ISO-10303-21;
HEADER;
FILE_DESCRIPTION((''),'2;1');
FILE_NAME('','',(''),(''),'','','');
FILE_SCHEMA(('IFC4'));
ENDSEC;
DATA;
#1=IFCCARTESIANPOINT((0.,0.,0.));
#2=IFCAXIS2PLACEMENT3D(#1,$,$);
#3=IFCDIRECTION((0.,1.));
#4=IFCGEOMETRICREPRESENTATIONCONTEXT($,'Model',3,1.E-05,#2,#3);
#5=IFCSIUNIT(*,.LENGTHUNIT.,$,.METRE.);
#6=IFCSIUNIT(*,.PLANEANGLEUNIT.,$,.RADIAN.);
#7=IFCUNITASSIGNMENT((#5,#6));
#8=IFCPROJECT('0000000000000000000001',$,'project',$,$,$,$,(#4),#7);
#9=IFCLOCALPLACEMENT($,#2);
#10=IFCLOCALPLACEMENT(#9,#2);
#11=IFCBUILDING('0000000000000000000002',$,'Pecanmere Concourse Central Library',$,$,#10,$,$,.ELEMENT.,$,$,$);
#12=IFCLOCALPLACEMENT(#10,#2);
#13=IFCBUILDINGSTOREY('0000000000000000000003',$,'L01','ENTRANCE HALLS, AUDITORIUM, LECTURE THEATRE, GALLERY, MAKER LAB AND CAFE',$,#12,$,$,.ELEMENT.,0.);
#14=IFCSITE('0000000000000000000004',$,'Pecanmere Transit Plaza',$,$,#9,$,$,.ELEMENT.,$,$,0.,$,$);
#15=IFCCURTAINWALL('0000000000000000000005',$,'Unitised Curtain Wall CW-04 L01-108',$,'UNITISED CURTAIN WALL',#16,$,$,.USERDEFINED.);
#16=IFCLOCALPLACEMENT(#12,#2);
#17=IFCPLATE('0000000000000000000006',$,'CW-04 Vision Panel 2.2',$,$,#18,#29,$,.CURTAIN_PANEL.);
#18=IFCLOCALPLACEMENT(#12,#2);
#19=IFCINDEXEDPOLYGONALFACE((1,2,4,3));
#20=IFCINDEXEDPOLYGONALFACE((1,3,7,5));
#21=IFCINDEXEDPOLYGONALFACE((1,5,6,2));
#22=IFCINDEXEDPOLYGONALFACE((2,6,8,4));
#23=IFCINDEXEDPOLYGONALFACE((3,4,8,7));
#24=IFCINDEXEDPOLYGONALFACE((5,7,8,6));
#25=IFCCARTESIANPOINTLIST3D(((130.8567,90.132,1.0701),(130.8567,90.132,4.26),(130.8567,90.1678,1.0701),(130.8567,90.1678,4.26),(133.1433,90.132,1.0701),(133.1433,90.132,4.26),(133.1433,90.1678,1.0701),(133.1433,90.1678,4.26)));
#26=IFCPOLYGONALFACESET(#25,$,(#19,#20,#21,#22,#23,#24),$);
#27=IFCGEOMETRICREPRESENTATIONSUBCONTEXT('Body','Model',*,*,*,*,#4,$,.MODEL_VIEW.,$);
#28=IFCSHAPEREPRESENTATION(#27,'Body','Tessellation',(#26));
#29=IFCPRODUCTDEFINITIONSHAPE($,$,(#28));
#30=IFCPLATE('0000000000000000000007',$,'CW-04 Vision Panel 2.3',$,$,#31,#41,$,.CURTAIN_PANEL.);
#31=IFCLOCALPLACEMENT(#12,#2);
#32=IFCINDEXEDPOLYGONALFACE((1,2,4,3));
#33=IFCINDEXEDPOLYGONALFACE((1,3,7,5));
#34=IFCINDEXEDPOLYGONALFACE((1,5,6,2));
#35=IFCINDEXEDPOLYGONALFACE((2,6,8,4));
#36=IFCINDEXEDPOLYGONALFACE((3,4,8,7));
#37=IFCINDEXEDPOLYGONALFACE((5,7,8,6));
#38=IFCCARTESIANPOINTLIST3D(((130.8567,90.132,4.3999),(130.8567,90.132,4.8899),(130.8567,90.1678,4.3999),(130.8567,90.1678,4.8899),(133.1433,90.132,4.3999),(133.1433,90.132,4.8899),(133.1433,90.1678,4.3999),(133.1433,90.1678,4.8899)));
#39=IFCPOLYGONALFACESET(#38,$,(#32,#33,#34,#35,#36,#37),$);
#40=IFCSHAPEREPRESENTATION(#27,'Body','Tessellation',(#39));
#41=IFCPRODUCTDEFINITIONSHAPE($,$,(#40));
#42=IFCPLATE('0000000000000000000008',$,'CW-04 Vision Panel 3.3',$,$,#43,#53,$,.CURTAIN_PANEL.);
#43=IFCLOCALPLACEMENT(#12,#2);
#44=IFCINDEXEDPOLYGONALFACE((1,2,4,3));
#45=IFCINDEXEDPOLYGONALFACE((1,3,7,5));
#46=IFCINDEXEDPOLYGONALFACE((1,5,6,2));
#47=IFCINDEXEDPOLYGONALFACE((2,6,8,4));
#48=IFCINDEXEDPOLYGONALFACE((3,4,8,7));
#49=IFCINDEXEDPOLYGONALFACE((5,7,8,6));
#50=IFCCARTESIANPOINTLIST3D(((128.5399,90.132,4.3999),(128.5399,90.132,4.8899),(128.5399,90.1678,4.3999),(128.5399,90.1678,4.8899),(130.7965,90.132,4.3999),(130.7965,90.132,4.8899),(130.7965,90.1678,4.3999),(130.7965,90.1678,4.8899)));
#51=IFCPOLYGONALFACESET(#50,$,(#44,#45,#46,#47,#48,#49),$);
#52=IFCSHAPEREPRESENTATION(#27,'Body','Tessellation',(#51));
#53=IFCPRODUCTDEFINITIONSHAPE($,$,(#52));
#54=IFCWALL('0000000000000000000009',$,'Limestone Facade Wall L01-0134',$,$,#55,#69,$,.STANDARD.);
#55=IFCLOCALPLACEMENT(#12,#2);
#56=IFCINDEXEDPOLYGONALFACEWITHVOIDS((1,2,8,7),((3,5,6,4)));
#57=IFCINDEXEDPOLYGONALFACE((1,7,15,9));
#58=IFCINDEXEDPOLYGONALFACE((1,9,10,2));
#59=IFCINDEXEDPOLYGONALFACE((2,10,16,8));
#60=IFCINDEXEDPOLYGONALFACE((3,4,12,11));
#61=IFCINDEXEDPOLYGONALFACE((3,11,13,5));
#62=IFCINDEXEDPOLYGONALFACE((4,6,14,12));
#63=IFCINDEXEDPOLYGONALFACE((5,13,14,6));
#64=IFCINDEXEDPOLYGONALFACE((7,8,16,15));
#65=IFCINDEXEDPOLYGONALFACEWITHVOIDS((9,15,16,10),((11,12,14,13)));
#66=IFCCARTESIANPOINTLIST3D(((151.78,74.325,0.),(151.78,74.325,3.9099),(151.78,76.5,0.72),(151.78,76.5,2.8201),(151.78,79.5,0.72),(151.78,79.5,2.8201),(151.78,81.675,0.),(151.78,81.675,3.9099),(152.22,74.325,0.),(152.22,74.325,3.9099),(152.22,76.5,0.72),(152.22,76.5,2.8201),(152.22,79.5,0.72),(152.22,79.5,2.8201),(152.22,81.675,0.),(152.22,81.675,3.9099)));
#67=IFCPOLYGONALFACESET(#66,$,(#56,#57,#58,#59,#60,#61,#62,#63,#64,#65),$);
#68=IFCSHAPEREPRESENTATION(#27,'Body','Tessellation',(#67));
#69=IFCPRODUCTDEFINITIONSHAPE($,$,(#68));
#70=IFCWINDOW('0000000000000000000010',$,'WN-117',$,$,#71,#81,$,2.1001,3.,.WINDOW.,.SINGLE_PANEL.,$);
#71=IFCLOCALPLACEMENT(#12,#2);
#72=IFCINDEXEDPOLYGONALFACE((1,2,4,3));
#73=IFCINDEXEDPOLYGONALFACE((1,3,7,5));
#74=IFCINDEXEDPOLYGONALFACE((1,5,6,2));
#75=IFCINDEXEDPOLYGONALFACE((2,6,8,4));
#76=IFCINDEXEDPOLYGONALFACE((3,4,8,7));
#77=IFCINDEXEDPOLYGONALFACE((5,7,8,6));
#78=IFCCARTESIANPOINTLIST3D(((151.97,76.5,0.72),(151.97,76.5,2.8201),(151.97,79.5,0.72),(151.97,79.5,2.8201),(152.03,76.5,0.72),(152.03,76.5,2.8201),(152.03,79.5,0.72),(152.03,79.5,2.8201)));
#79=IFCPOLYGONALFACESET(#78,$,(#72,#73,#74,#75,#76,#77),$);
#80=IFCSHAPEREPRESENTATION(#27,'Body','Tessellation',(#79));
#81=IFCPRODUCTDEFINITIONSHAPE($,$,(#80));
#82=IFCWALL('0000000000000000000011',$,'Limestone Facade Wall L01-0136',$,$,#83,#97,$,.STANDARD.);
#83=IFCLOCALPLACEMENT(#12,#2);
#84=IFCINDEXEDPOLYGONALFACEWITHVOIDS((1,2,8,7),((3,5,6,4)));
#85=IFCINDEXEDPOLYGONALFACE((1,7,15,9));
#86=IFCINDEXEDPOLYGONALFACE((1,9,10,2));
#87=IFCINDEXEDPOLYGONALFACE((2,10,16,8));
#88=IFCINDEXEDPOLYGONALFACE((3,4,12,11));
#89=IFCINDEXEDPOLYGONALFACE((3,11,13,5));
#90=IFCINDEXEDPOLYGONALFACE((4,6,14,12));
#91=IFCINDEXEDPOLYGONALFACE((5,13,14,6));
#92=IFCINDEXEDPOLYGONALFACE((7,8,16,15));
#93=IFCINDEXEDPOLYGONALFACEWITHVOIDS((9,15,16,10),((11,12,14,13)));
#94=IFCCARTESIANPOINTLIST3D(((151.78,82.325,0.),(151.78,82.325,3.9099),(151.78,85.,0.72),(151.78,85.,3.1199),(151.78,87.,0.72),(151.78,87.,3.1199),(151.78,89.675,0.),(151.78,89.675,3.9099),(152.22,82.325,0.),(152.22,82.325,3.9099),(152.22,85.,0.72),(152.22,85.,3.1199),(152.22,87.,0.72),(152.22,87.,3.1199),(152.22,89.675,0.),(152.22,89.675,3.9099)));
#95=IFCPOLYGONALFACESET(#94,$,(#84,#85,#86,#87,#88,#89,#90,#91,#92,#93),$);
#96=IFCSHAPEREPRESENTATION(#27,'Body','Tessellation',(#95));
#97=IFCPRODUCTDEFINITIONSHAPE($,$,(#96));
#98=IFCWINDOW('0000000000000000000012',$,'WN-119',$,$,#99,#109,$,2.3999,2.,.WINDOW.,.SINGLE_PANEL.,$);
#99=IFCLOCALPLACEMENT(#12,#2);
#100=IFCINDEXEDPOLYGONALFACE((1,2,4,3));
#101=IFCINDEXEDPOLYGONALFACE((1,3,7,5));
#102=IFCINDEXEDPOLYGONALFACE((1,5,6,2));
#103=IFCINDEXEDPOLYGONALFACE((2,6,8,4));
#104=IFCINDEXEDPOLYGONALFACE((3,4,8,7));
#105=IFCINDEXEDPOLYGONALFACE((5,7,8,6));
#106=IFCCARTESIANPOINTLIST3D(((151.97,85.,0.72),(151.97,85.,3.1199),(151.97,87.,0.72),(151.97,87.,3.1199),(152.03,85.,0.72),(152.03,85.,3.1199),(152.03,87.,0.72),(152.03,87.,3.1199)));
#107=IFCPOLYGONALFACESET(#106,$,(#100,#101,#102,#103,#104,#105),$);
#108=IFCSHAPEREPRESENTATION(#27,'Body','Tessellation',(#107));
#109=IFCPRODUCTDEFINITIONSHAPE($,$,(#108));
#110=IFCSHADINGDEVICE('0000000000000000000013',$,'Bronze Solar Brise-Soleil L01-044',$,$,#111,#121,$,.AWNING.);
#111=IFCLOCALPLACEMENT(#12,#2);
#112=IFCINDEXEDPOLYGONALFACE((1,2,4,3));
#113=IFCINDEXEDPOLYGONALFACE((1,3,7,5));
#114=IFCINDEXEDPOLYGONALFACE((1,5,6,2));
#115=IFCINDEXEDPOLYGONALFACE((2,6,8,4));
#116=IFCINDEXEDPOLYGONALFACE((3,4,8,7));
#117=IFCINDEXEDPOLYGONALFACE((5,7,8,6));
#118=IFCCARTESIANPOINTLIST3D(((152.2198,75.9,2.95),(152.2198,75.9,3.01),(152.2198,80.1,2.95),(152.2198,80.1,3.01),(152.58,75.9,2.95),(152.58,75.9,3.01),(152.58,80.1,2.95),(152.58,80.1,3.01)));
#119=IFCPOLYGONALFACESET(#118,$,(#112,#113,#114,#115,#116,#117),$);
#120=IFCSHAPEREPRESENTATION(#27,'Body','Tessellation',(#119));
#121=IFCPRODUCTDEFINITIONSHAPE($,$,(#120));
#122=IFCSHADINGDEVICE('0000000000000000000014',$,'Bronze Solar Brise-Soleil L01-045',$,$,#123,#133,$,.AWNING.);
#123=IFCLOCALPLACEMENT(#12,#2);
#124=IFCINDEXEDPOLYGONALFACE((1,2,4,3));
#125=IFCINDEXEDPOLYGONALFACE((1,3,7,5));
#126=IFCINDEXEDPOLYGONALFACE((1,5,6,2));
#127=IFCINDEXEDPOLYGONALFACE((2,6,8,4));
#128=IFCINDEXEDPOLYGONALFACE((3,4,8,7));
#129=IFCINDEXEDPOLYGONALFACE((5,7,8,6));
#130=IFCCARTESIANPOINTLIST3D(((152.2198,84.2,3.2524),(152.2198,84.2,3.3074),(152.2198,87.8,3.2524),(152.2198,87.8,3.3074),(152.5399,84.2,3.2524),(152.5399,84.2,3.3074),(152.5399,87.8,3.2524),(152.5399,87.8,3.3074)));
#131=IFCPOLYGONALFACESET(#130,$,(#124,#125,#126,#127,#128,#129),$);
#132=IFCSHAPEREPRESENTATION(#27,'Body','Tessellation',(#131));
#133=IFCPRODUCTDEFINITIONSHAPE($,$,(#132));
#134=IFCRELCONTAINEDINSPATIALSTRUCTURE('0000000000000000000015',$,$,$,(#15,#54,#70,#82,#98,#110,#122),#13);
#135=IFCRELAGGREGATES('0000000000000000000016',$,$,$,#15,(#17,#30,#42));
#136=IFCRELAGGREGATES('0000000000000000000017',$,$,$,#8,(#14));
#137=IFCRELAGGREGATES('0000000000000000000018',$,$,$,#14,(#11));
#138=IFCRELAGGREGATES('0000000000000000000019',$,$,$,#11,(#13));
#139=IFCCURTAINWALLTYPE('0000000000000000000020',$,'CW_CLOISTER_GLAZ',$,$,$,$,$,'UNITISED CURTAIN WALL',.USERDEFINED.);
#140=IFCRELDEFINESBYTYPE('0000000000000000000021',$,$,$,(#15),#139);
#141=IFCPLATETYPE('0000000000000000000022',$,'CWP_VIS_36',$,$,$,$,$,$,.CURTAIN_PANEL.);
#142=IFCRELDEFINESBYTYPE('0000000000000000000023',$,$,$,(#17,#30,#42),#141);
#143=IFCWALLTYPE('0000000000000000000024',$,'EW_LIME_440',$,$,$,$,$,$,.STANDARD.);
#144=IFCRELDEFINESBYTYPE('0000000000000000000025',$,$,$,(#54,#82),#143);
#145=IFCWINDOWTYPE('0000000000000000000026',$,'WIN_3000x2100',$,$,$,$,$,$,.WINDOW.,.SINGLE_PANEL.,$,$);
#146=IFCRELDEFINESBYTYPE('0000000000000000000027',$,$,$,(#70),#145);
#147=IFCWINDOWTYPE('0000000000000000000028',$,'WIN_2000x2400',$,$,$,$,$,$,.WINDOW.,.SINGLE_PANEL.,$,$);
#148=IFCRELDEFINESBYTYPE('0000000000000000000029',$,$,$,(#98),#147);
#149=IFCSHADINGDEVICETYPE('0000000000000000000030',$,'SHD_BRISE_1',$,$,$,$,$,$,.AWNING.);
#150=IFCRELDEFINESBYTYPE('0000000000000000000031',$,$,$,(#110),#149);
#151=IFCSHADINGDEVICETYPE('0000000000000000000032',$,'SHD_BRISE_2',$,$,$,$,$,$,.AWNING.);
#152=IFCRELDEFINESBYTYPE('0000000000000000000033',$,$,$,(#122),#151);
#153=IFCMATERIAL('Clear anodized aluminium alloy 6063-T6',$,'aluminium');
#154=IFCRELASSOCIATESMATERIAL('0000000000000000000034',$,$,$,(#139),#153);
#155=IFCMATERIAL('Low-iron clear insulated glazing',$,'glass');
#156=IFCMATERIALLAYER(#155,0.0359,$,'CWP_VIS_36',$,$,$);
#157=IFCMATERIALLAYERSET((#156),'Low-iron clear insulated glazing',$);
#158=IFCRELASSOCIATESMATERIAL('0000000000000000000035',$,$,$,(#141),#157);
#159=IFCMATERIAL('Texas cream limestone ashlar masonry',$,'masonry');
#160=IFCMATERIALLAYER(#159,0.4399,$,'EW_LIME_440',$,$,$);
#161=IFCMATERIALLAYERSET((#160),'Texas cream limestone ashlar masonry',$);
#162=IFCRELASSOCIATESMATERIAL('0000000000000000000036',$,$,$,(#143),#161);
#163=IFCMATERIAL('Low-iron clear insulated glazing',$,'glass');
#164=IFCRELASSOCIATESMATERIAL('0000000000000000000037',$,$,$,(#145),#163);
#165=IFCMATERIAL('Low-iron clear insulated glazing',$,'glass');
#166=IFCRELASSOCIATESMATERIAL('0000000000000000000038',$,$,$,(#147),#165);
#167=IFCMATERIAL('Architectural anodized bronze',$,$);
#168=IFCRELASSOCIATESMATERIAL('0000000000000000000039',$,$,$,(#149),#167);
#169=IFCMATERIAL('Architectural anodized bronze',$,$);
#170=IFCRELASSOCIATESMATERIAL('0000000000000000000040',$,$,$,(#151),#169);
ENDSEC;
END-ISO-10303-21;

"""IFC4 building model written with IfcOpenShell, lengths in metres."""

from ifc_helpers import new_model, si_unit, direction, frame, frame_2d, origin, origin_2d, place, context, subcontext, project, spatial, rectangle, extrude, material, layer, layer_set, type_object, element, fill, aggregate, save


model = new_model("IFC4")

# Units and contexts
model_context = context("Model", 3, precision=1e-05, world=origin(), true_north=direction((0.0, 1.0)))
body_context = subcontext(model_context, "Body", "Model", "MODEL_VIEW")
ifc_project = project(units=[si_unit("LENGTHUNIT", "METRE"), si_unit("PLANEANGLEUNIT", "RADIAN")], contexts=[model_context])

# Site, building, storey
site_placement = place(None, origin())
site = spatial("IfcSite", under=ifc_project, at=site_placement, Name="Pecanmere Transit Plaza", CompositionType="ELEMENT", RefElevation=0.0)
building_placement = place(site_placement, origin())
building = spatial("IfcBuilding", under=site, at=building_placement, Name="Pecanmere Concourse Central Library", CompositionType="ELEMENT")
storey_placement = place(building_placement, origin())
storey = spatial("IfcBuildingStorey", under=building, at=storey_placement, Name="L01", Description="ENTRANCE HALLS, AUDITORIUM, LECTURE THEATRE, GALLERY, MAKER LAB AND CAFE", CompositionType="ELEMENT", Elevation=0.0)

# Curtain wall, plates
ifc_material_1 = material(Name="Clear anodized aluminium alloy 6063-T6", Category="aluminium")
curtain_wall_type = type_object("IfcCurtainWallType", Name="CW_CLOISTER_GLAZ", ElementType="UNITISED CURTAIN WALL", PredefinedType="USERDEFINED", material=ifc_material_1)
curtain_wall_placement = place(storey_placement, origin())
curtain_wall = element("IfcCurtainWall", 1, at=curtain_wall_placement, inside=storey, type_object=curtain_wall_type, Name="Unitised Curtain Wall CW-04 L01-108", ObjectType="UNITISED CURTAIN WALL", PredefinedType="USERDEFINED")
ifc_material_2 = material(Name="Low-iron clear insulated glazing", Category="glass")
ifc_layer_1 = layer(ifc_material_2, 0.0359, Name="CWP_VIS_36")
ifc_layer_set_1 = layer_set([ifc_layer_1], Name="Low-iron clear insulated glazing")
plate_type_1 = type_object("IfcPlateType", Name="CWP_VIS_36", PredefinedType="CURTAIN_PANEL", material=ifc_layer_set_1)
plate_1_placement = place(storey_placement, frame((132.0, 90.1499, 1.0701), z_axis=(0.0, 0.0, 1.0), x_axis=(-1.0, 0.0, 0.0)))
plate_1 = element("IfcPlate", 2, at=plate_1_placement, type_object=plate_type_1, Name="CW-04 Vision Panel 2.2", PredefinedType="CURTAIN_PANEL", context=body_context, shape_type="SweptSolid", body=[
    extrude(rectangle(XDim=2.2866, YDim=0.0359, at=origin_2d()), origin(), (0.0, 0.0, 1.0), 3.1899),
])
plate_2_placement = place(storey_placement, frame((132.0, 90.1499, 4.3999), z_axis=(0.0, 0.0, 1.0), x_axis=(-1.0, 0.0, 0.0)))
plate_2 = element("IfcPlate", 3, at=plate_2_placement, type_object=plate_type_1, Name="CW-04 Vision Panel 2.3", PredefinedType="CURTAIN_PANEL", context=body_context, shape_type="SweptSolid", body=[
    extrude(rectangle(XDim=2.2866, YDim=0.0359, at=origin_2d()), origin(), (0.0, 0.0, 1.0), 0.49),
])
plate_3_placement = place(storey_placement, frame((129.6682, 90.1499, 4.3999), z_axis=(0.0, 0.0, 1.0), x_axis=(-1.0, 0.0, 0.0)))
plate_3 = element("IfcPlate", 4, at=plate_3_placement, type_object=plate_type_1, Name="CW-04 Vision Panel 3.3", PredefinedType="CURTAIN_PANEL", context=body_context, shape_type="SweptSolid", body=[
    extrude(rectangle(XDim=2.2566, YDim=0.0359, at=origin_2d()), origin(), (0.0, 0.0, 1.0), 0.49),
])
aggregate(curtain_wall, [plate_1, plate_2, plate_3])

# Walls, openings, windows
ifc_material_3 = material(Name="Texas cream limestone ashlar masonry", Category="masonry")
ifc_layer_2 = layer(ifc_material_3, 0.4399, Name="EW_LIME_440")
ifc_layer_set_2 = layer_set([ifc_layer_2], Name="Texas cream limestone ashlar masonry")
wall_type = type_object("IfcWallType", Name="EW_LIME_440", PredefinedType="STANDARD", material=ifc_layer_set_2)
wall_1_placement = place(storey_placement, frame((152.0, 74.325, 0.0), z_axis=(0.0, 0.0, 1.0), x_axis=(0.0, 1.0, 0.0)))
wall_1 = element("IfcWall", 5, at=wall_1_placement, inside=storey, type_object=wall_type, Name="Limestone Facade Wall L01-0134", PredefinedType="STANDARD", context=body_context, shape_type="SweptSolid", body=[
    extrude(rectangle(XDim=7.3501, YDim=0.4399, at=frame_2d((3.675, 0.0))), origin(), (0.0, 0.0, 1.0), 3.9099),
])
opening_1_placement = place(wall_1_placement, frame((2.175, 0.0, 0.72)))
opening_1 = element("IfcOpeningElement", 6, at=opening_1_placement, cuts=wall_1, PredefinedType="OPENING", context=body_context, shape_type="SweptSolid", body=[
    extrude(rectangle(XDim=3.0, YDim=2.1001, at=frame_2d((1.5, 1.05))), frame((0.0, 0.2319, 0.0), z_axis=(0.0, -1.0, 0.0), x_axis=(1.0, 0.0, 0.0)), (0.0, 0.0, 1.0), 0.4639),
])
ifc_material_4 = material(Name="Low-iron clear insulated glazing", Category="glass")
window_type_1 = type_object("IfcWindowType", Name="WIN_3000x2100", PartitioningType="SINGLE_PANEL", PredefinedType="WINDOW", material=ifc_material_4)
window_1_placement = place(opening_1_placement, origin())
window_1 = element("IfcWindow", 7, at=window_1_placement, inside=storey, type_object=window_type_1, Name="WN-117", OverallHeight=2.1001, OverallWidth=3.0, PartitioningType="SINGLE_PANEL", PredefinedType="WINDOW", context=body_context, shape_type="SweptSolid", body=[
    extrude(rectangle(XDim=3.0, YDim=2.1001, at=frame_2d((1.5, 1.05))), frame((0.0, 0.03, 0.0), z_axis=(0.0, -1.0, 0.0), x_axis=(1.0, 0.0, 0.0)), (0.0, 0.0, 1.0), 0.0601),
])
fill(opening_1, window_1)
wall_2_placement = place(storey_placement, frame((152.0, 82.325, 0.0), z_axis=(0.0, 0.0, 1.0), x_axis=(0.0, 1.0, 0.0)))
wall_2 = element("IfcWall", 8, at=wall_2_placement, inside=storey, type_object=wall_type, Name="Limestone Facade Wall L01-0136", PredefinedType="STANDARD", context=body_context, shape_type="SweptSolid", body=[
    extrude(rectangle(XDim=7.3501, YDim=0.4399, at=frame_2d((3.675, 0.0))), origin(), (0.0, 0.0, 1.0), 3.9099),
])
opening_2_placement = place(wall_2_placement, frame((2.675, 0.0, 0.72)))
opening_2 = element("IfcOpeningElement", 9, at=opening_2_placement, cuts=wall_2, PredefinedType="OPENING", context=body_context, shape_type="SweptSolid", body=[
    extrude(rectangle(XDim=2.0, YDim=2.3999, at=frame_2d((1.0, 1.2))), frame((0.0, 0.2319, 0.0), z_axis=(0.0, -1.0, 0.0), x_axis=(1.0, 0.0, 0.0)), (0.0, 0.0, 1.0), 0.4639),
])
ifc_material_5 = material(Name="Low-iron clear insulated glazing", Category="glass")
window_type_2 = type_object("IfcWindowType", Name="WIN_2000x2400", PartitioningType="SINGLE_PANEL", PredefinedType="WINDOW", material=ifc_material_5)
window_2_placement = place(opening_2_placement, origin())
window_2 = element("IfcWindow", 10, at=window_2_placement, inside=storey, type_object=window_type_2, Name="WN-119", OverallHeight=2.3999, OverallWidth=2.0, PartitioningType="SINGLE_PANEL", PredefinedType="WINDOW", context=body_context, shape_type="SweptSolid", body=[
    extrude(rectangle(XDim=2.0, YDim=2.3999, at=frame_2d((1.0, 1.2))), frame((0.0, 0.03, 0.0), z_axis=(0.0, -1.0, 0.0), x_axis=(1.0, 0.0, 0.0)), (0.0, 0.0, 1.0), 0.0601),
])
fill(opening_2, window_2)

# Shading devices
ifc_material_6 = material(Name="Architectural anodized bronze")
shading_device_type_1 = type_object("IfcShadingDeviceType", Name="SHD_BRISE_1", PredefinedType="AWNING", material=ifc_material_6)
shading_device_1_placement = place(storey_placement, frame((152.3999, 78.0, 2.95), z_axis=(0.0, 0.0, 1.0), x_axis=(0.0, 1.0, 0.0)))
element("IfcShadingDevice", 11, at=shading_device_1_placement, inside=storey, type_object=shading_device_type_1, Name="Bronze Solar Brise-Soleil L01-044", PredefinedType="AWNING", context=body_context, shape_type="SweptSolid", body=[
    extrude(rectangle(XDim=4.2, YDim=0.3601, at=origin_2d()), origin(), (0.0, 0.0, 1.0), 0.0601),
])
ifc_material_7 = material(Name="Architectural anodized bronze")
shading_device_type_2 = type_object("IfcShadingDeviceType", Name="SHD_BRISE_2", PredefinedType="AWNING", material=ifc_material_7)
shading_device_2_placement = place(storey_placement, frame((152.3799, 86.0, 3.2524), z_axis=(0.0, 0.0, 1.0), x_axis=(0.0, 1.0, 0.0)))
element("IfcShadingDevice", 12, at=shading_device_2_placement, inside=storey, type_object=shading_device_type_2, Name="Bronze Solar Brise-Soleil L01-045", PredefinedType="AWNING", context=body_context, shape_type="SweptSolid", body=[
    extrude(rectangle(XDim=3.6001, YDim=0.3201, at=origin_2d()), origin(), (0.0, 0.0, 1.0), 0.0549),
])

save(model, "model.ifc")
